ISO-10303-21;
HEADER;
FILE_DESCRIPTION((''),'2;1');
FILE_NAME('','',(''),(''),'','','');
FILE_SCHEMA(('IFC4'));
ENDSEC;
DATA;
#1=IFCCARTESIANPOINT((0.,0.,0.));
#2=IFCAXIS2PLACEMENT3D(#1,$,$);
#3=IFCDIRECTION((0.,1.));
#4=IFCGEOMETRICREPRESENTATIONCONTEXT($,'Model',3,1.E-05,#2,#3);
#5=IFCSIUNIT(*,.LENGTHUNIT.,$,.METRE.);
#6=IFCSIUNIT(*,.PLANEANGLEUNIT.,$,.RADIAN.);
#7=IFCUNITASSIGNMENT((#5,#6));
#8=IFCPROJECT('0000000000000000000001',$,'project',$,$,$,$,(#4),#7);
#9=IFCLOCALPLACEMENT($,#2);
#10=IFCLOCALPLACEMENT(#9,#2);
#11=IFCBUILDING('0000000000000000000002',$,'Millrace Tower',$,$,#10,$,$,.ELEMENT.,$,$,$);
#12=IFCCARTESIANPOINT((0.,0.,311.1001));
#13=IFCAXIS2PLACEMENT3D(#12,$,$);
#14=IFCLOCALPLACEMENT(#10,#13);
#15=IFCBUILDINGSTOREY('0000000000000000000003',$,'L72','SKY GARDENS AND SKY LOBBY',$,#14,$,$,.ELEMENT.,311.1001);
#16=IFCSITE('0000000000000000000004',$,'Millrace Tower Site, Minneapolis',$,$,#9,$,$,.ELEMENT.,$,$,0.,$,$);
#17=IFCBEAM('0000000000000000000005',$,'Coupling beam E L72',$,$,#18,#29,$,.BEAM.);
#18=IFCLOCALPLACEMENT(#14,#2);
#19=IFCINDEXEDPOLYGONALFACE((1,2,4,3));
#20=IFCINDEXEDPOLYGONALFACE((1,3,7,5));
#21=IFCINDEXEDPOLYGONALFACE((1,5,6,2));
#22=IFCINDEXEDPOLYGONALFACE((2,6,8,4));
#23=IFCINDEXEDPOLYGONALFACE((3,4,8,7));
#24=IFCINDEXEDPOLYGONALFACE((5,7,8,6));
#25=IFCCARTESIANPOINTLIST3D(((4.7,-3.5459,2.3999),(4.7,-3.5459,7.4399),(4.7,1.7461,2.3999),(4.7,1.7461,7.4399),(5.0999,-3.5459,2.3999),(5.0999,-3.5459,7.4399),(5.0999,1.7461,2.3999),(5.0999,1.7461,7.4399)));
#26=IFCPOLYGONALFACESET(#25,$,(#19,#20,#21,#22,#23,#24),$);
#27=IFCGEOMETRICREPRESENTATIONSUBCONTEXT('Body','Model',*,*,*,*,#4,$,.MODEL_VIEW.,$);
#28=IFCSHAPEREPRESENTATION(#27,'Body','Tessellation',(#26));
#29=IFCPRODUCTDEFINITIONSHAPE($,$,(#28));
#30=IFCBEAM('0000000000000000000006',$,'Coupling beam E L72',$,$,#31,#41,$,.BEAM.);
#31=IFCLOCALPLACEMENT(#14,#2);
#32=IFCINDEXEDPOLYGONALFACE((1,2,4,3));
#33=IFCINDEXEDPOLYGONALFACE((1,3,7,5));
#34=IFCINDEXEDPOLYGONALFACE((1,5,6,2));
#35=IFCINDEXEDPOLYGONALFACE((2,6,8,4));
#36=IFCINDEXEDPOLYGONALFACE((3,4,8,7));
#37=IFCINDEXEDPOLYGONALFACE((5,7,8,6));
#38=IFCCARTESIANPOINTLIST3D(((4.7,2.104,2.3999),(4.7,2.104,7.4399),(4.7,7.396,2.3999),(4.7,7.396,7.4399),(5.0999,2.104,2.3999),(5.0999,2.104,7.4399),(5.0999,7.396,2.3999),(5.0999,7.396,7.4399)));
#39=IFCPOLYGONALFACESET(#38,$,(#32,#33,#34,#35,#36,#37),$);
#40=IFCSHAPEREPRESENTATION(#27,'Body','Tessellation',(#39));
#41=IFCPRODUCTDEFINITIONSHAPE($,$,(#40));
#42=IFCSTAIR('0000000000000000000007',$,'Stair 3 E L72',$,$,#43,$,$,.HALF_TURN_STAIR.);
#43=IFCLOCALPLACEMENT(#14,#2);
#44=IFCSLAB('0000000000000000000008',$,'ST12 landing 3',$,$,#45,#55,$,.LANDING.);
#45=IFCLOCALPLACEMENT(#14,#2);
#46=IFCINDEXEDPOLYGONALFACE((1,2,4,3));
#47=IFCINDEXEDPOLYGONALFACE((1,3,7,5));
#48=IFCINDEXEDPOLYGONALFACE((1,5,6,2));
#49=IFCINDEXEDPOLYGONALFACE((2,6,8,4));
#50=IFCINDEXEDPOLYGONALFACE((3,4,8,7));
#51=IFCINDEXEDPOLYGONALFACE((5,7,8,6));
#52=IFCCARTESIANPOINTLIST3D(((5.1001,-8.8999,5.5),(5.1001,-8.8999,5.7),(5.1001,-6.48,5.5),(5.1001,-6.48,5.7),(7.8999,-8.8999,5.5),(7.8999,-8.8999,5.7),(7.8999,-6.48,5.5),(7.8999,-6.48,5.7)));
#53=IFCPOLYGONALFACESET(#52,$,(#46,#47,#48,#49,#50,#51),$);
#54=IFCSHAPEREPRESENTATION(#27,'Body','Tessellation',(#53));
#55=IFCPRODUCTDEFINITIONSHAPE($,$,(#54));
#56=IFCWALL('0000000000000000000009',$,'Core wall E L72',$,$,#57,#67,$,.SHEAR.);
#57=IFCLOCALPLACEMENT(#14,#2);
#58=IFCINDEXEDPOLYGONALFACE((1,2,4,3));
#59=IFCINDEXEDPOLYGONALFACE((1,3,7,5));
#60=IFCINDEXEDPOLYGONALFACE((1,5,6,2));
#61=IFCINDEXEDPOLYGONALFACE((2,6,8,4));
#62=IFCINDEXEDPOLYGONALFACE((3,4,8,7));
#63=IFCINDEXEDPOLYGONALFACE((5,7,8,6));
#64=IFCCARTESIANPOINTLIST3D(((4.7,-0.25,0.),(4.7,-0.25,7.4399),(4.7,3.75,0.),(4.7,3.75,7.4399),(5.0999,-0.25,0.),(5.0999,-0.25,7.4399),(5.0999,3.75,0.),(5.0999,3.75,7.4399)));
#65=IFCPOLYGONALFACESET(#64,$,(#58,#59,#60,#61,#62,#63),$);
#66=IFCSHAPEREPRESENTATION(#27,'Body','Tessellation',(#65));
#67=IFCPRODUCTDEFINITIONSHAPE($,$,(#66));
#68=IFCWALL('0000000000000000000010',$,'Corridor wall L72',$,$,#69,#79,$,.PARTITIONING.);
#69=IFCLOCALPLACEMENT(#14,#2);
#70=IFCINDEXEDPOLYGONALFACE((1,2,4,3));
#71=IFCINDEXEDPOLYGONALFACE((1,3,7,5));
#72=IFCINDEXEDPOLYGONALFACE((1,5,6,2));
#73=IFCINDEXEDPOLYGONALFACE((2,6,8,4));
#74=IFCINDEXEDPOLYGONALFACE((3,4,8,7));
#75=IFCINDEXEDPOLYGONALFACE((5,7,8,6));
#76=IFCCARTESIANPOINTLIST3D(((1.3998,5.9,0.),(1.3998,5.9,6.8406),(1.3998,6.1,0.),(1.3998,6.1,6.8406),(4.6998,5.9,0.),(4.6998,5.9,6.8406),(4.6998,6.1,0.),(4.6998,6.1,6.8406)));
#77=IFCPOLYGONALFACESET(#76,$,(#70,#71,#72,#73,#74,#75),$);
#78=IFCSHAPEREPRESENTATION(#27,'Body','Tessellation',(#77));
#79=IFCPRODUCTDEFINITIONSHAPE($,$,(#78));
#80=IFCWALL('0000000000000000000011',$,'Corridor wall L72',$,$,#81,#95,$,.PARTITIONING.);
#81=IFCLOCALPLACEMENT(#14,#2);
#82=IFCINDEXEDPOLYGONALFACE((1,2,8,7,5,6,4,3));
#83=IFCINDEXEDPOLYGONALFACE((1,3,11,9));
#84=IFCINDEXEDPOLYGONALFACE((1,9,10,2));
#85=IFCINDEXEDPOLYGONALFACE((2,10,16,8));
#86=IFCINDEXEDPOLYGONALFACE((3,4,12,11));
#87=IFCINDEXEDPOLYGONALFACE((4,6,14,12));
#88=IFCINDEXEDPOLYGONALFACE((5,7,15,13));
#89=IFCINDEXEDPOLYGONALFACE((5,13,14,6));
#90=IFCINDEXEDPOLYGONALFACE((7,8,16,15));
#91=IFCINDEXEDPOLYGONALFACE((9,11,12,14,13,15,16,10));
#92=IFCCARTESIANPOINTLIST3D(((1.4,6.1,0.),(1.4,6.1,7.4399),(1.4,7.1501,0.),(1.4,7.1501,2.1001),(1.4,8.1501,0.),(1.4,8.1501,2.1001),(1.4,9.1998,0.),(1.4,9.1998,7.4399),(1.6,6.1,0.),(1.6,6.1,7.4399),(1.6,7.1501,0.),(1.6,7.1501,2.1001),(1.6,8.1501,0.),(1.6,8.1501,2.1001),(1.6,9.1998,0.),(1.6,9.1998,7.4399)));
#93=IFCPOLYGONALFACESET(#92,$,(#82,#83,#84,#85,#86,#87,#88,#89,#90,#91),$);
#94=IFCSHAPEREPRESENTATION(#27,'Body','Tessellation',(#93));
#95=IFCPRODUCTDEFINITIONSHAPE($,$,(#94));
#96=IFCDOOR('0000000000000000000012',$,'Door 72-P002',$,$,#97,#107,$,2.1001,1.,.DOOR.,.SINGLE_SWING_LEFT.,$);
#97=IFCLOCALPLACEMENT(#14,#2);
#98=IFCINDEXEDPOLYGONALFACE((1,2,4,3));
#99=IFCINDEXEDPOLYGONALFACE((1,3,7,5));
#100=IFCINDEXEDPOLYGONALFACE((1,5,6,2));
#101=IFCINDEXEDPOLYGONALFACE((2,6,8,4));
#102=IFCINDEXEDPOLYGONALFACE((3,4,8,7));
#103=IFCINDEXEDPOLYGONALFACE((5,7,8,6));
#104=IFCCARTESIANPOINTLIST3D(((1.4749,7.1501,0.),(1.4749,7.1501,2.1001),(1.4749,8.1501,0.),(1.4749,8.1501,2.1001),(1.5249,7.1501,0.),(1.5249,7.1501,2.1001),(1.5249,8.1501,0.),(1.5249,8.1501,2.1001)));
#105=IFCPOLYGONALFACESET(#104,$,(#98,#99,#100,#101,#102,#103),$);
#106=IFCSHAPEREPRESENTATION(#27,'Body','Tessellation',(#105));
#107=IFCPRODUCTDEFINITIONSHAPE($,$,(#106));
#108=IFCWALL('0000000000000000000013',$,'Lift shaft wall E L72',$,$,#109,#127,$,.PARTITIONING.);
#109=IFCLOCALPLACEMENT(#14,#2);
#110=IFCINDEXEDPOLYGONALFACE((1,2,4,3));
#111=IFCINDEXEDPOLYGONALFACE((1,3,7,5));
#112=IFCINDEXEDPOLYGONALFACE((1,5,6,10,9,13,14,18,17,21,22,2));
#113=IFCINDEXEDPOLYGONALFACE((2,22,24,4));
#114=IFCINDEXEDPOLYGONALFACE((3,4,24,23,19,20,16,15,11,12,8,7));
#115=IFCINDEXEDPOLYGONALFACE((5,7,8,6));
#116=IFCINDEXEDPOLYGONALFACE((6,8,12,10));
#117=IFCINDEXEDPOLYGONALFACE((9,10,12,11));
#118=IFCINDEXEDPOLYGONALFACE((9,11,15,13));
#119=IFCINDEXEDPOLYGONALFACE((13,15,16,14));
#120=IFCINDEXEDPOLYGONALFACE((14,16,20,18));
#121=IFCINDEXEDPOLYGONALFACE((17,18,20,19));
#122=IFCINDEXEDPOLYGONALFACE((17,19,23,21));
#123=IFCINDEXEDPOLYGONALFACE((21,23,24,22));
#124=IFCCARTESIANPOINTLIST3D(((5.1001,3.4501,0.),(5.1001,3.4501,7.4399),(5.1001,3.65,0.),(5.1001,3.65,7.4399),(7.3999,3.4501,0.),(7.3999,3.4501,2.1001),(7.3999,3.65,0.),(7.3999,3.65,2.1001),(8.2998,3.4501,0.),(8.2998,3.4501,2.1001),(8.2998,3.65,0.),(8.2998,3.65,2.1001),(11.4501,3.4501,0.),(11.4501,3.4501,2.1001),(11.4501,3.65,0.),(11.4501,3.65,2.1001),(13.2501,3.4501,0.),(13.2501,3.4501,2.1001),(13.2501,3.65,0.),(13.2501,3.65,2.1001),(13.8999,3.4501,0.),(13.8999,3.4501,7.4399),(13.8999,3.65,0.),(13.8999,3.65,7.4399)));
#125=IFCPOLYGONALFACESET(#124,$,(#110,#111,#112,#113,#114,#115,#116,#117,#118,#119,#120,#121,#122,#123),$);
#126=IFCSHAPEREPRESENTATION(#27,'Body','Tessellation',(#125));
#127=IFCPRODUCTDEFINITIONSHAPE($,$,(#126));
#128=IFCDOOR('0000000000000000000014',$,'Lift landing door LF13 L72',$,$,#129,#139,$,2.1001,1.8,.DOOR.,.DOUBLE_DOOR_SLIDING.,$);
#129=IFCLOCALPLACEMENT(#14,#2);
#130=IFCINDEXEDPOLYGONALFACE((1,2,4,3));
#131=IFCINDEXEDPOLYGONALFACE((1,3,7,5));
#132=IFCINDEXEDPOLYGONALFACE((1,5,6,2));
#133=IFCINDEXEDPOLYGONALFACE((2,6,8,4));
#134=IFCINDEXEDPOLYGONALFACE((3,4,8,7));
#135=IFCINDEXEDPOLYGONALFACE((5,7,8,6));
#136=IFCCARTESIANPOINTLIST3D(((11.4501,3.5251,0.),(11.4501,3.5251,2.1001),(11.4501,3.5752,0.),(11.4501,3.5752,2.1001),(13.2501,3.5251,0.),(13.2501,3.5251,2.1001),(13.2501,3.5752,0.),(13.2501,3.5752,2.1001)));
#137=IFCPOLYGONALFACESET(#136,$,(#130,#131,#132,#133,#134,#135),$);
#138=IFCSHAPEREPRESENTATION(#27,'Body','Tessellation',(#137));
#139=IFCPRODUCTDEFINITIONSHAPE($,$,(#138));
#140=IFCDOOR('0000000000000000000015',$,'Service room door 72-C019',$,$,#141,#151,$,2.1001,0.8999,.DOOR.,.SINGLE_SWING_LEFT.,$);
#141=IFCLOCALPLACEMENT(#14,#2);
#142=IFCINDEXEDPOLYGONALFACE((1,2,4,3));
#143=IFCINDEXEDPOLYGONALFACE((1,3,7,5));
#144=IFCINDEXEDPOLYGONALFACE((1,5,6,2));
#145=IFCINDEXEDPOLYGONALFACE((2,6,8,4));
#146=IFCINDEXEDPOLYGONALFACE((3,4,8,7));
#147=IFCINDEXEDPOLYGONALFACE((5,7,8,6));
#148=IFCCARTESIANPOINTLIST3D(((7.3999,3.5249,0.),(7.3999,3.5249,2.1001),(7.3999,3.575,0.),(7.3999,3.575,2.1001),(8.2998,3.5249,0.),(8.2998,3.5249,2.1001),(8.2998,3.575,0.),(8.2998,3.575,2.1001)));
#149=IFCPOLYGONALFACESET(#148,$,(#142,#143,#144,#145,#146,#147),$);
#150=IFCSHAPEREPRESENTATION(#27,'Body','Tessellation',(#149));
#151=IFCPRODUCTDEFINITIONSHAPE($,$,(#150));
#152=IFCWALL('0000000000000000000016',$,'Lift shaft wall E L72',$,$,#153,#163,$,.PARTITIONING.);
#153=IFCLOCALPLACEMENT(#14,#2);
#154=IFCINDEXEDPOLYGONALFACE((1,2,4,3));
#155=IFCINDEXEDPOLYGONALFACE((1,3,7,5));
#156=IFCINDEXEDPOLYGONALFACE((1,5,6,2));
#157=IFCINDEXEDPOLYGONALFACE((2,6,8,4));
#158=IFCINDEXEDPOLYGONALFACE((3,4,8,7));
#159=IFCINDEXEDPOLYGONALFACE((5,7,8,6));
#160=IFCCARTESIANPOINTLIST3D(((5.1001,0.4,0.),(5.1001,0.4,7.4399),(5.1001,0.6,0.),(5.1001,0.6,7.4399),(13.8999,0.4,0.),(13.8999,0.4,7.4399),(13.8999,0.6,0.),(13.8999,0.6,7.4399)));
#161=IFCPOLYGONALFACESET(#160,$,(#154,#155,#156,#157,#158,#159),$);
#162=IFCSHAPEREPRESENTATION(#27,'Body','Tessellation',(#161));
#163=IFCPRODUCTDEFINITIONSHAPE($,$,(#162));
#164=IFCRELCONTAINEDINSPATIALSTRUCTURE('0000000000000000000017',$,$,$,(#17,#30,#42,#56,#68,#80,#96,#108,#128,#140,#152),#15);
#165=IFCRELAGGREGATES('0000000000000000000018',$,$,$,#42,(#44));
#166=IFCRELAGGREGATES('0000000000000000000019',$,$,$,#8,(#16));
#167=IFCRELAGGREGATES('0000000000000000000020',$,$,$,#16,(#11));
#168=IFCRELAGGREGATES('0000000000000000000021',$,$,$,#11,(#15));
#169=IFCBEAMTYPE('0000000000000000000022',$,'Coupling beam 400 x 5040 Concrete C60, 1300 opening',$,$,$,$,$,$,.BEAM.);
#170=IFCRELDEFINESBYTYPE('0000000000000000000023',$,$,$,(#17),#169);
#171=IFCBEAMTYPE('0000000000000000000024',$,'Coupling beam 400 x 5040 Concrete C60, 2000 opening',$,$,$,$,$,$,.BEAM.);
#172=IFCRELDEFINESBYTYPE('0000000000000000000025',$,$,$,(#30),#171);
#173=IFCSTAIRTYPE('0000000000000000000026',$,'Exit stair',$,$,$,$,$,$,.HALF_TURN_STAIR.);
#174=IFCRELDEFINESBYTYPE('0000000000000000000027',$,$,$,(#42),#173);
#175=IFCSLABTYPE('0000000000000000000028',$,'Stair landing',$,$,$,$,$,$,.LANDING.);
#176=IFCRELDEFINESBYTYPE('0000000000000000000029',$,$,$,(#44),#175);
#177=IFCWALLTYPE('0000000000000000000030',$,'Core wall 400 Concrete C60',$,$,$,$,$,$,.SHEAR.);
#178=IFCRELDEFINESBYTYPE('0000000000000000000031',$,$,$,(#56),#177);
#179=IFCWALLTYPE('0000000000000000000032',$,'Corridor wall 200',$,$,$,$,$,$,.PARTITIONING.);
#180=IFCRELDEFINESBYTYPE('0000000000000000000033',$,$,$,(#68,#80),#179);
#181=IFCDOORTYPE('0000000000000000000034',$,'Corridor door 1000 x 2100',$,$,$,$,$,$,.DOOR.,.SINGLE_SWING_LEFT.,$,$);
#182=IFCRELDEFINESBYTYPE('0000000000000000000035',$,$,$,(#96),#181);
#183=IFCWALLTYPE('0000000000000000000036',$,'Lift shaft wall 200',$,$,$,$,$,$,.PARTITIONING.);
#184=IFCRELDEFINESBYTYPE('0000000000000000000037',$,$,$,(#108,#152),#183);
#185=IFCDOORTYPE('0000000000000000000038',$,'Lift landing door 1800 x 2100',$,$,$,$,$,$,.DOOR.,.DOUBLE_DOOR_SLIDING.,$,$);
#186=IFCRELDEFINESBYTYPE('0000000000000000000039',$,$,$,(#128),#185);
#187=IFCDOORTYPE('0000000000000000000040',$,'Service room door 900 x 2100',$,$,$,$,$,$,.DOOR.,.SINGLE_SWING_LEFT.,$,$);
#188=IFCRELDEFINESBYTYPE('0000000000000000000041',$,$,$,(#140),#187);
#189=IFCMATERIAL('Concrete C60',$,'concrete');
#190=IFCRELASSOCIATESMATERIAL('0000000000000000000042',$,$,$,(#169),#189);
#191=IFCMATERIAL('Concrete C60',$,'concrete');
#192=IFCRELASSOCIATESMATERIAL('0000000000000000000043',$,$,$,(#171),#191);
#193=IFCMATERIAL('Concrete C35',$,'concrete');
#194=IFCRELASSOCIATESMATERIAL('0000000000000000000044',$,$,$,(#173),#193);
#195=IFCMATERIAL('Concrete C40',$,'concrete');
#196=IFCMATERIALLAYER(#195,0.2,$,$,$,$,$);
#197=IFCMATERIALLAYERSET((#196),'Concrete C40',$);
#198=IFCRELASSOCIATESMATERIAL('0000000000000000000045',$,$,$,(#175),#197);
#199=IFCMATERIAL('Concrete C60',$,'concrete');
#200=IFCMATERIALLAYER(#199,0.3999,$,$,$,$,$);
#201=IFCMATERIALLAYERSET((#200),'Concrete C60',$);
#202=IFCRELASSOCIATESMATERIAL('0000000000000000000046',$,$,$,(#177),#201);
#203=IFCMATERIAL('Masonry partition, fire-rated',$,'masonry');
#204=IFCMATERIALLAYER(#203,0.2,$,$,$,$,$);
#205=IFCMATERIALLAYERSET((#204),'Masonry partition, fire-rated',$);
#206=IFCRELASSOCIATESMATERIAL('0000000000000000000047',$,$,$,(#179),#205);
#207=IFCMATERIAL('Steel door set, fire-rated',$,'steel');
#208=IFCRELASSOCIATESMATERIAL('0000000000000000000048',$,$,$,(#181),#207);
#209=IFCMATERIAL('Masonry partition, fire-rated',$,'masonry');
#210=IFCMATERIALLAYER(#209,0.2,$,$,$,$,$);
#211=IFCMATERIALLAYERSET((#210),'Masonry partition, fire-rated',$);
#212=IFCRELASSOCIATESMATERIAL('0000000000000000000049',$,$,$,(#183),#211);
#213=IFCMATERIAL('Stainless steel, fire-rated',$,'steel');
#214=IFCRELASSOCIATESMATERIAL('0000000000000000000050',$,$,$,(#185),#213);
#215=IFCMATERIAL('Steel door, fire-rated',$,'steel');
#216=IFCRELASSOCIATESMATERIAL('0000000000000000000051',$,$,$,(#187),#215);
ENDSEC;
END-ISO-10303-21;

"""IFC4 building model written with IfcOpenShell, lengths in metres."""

from ifc_helpers import new_model, si_unit, direction, frame, frame_2d, origin, origin_2d, place, context, subcontext, project, spatial, polyline, rectangle, outline, extrude, material, layer, layer_set, material_profile, profile_set, type_object, element, fill, aggregate, save


model = new_model("IFC4")

# Units and contexts
model_context = context("Model", 3, precision=1e-05, world=origin(), true_north=direction((0.0, 1.0)))
body_context = subcontext(model_context, "Body", "Model", "MODEL_VIEW")
ifc_project = project(units=[si_unit("LENGTHUNIT", "METRE"), si_unit("PLANEANGLEUNIT", "RADIAN")], contexts=[model_context])

# Site, building, storey
site_placement = place(None, origin())
site = spatial("IfcSite", under=ifc_project, at=site_placement, Name="Millrace Tower Site, Minneapolis", CompositionType="ELEMENT", RefElevation=0.0)
building_placement = place(site_placement, origin())
building = spatial("IfcBuilding", under=site, at=building_placement, Name="Millrace Tower", CompositionType="ELEMENT")
storey_placement = place(building_placement, frame((0.0, 0.0, 311.1001)))
storey = spatial("IfcBuildingStorey", under=building, at=storey_placement, Name="L72", Description="SKY GARDENS AND SKY LOBBY", CompositionType="ELEMENT", Elevation=311.1001)

# Beams
ifc_material_1 = material(Name="Concrete C60", Category="concrete")
ifc_material_profile_1 = material_profile(ifc_material_1, rectangle(XDim=0.3999, YDim=5.04, at=origin_2d()))
ifc_profile_set_1 = profile_set([ifc_material_profile_1], Name="Concrete C60")
beam_type_1 = type_object("IfcBeamType", Name="Coupling beam 400 x 5040 Concrete C60, 1300 opening", PredefinedType="BEAM", material=ifc_profile_set_1)
beam_1_placement = place(storey_placement, frame((4.8999, 1.7461, 4.9199), z_axis=(0.0, -1.0, 0.0), x_axis=(1.0, 0.0, 0.0)))
element("IfcBeam", 1, at=beam_1_placement, inside=storey, type_object=beam_type_1, Name="Coupling beam E L72", PredefinedType="BEAM", context=body_context, shape_type="SweptSolid", body=[
    extrude(rectangle(XDim=0.3999, YDim=5.04, at=origin_2d()), origin(), (0.0, 0.0, 1.0), 5.292),
])
ifc_material_2 = material(Name="Concrete C60", Category="concrete")
ifc_material_profile_2 = material_profile(ifc_material_2, rectangle(XDim=0.3999, YDim=5.04, at=origin_2d()))
ifc_profile_set_2 = profile_set([ifc_material_profile_2], Name="Concrete C60")
beam_type_2 = type_object("IfcBeamType", Name="Coupling beam 400 x 5040 Concrete C60, 2000 opening", PredefinedType="BEAM", material=ifc_profile_set_2)
beam_2_placement = place(storey_placement, frame((4.8999, 7.396, 4.9199), z_axis=(0.0, -1.0, 0.0), x_axis=(1.0, 0.0, 0.0)))
element("IfcBeam", 2, at=beam_2_placement, inside=storey, type_object=beam_type_2, Name="Coupling beam E L72", PredefinedType="BEAM", context=body_context, shape_type="SweptSolid", body=[
    extrude(rectangle(XDim=0.3999, YDim=5.04, at=origin_2d()), origin(), (0.0, 0.0, 1.0), 5.292),
])

# Stair, slab
ifc_material_3 = material(Name="Concrete C35", Category="concrete")
stair_type = type_object("IfcStairType", Name="Exit stair", PredefinedType="HALF_TURN_STAIR", material=ifc_material_3)
stair_placement = place(storey_placement, origin())
stair = element("IfcStair", 3, at=stair_placement, inside=storey, type_object=stair_type, Name="Stair 3 E L72", PredefinedType="HALF_TURN_STAIR")
ifc_material_4 = material(Name="Concrete C40", Category="concrete")
ifc_layer_1 = layer(ifc_material_4, 0.2)
ifc_layer_set_1 = layer_set([ifc_layer_1], Name="Concrete C40")
slab_type = type_object("IfcSlabType", Name="Stair landing", PredefinedType="LANDING", material=ifc_layer_set_1)
slab_placement = place(storey_placement, frame((0.0, 0.0, 5.5)))
slab = element("IfcSlab", 4, at=slab_placement, type_object=slab_type, Name="ST12 landing 3", PredefinedType="LANDING", context=body_context, shape_type="SweptSolid", body=[
    extrude(outline(polyline([(5.1001, -8.8999), (7.8999, -8.8999), (7.8999, -6.48), (5.1001, -6.48), (5.1001, -8.8999)])), origin(), (0.0, 0.0, 1.0), 0.2),
])
aggregate(stair, [slab])

# Walls
ifc_material_5 = material(Name="Concrete C60", Category="concrete")
ifc_layer_2 = layer(ifc_material_5, 0.3999)
ifc_layer_set_2 = layer_set([ifc_layer_2], Name="Concrete C60")
wall_type_1 = type_object("IfcWallType", Name="Core wall 400 Concrete C60", PredefinedType="SHEAR", material=ifc_layer_set_2)
wall_1_placement = place(storey_placement, frame((4.8999, 3.75, 0.0), z_axis=(0.0, 0.0, 1.0), x_axis=(0.0, -1.0, 0.0)))
element("IfcWall", 5, at=wall_1_placement, inside=storey, type_object=wall_type_1, Name="Core wall E L72", PredefinedType="SHEAR", context=body_context, shape_type="SweptSolid", body=[
    extrude(rectangle(XDim=4.0, YDim=0.3999, at=frame_2d((2.0, 0.0))), origin(), (0.0, 0.0, 1.0), 7.4399),
])
ifc_material_6 = material(Name="Masonry partition, fire-rated", Category="masonry")
ifc_layer_3 = layer(ifc_material_6, 0.2)
ifc_layer_set_3 = layer_set([ifc_layer_3], Name="Masonry partition, fire-rated")
wall_type_2 = type_object("IfcWallType", Name="Corridor wall 200", PredefinedType="PARTITIONING", material=ifc_layer_set_3)
wall_2_placement = place(storey_placement, frame((1.3999, 6.0, 0.0), z_axis=(0.0, 0.0, 1.0), x_axis=(1.0, 0.0, 0.0)))
element("IfcWall", 6, at=wall_2_placement, inside=storey, type_object=wall_type_2, Name="Corridor wall L72", PredefinedType="PARTITIONING", context=body_context, shape_type="SweptSolid", body=[
    extrude(rectangle(XDim=3.3, YDim=0.2, at=frame_2d((1.6499, 0.0))), origin(), (0.0, 0.0, 1.0), 6.8406),
])

# Wall, opening, door
wall_3_placement = place(storey_placement, frame((1.5, 6.1001, 0.0), z_axis=(0.0, 0.0, 1.0), x_axis=(0.0, 1.0, 0.0)))
wall_3 = element("IfcWall", 7, at=wall_3_placement, inside=storey, type_object=wall_type_2, Name="Corridor wall L72", PredefinedType="PARTITIONING", context=body_context, shape_type="SweptSolid", body=[
    extrude(rectangle(XDim=3.0999, YDim=0.2, at=frame_2d((1.5498, 0.0))), origin(), (0.0, 0.0, 1.0), 7.4399),
])
opening_1_placement = place(wall_3_placement, frame((1.05, 0.0, 0.0)))
opening_1 = element("IfcOpeningElement", 8, at=opening_1_placement, cuts=wall_3, PredefinedType="OPENING", context=body_context, shape_type="SweptSolid", body=[
    extrude(rectangle(XDim=1.0, YDim=2.1001, at=frame_2d((0.5, 1.05))), frame((0.0, 0.1099, 0.0), z_axis=(0.0, -1.0, 0.0), x_axis=(1.0, 0.0, 0.0)), (0.0, 0.0, 1.0), 0.22),
])
ifc_material_7 = material(Name="Steel door set, fire-rated", Category="steel")
door_type_1 = type_object("IfcDoorType", Name="Corridor door 1000 x 2100", OperationType="SINGLE_SWING_LEFT", PredefinedType="DOOR", material=ifc_material_7)
door_1_placement = place(opening_1_placement, frame((1.0, 0.0, 0.0), z_axis=(0.0, 0.0, 1.0), x_axis=(-1.0, 0.0, 0.0)))
door_1 = element("IfcDoor", 9, at=door_1_placement, inside=storey, type_object=door_type_1, Name="Door 72-P002", OperationType="SINGLE_SWING_LEFT", OverallHeight=2.1001, OverallWidth=1.0, PredefinedType="DOOR", context=body_context, shape_type="SweptSolid", body=[
    extrude(rectangle(XDim=1.0, YDim=2.1001, at=frame_2d((0.5, 1.05))), frame((0.0, 0.0249, 0.0), z_axis=(0.0, -1.0, 0.0), x_axis=(1.0, 0.0, 0.0)), (0.0, 0.0, 1.0), 0.05),
])
fill(opening_1, door_1)

# Wall, openings, doors
ifc_material_8 = material(Name="Masonry partition, fire-rated", Category="masonry")
ifc_layer_4 = layer(ifc_material_8, 0.2)
ifc_layer_set_4 = layer_set([ifc_layer_4], Name="Masonry partition, fire-rated")
wall_type_3 = type_object("IfcWallType", Name="Lift shaft wall 200", PredefinedType="PARTITIONING", material=ifc_layer_set_4)
wall_4_placement = place(storey_placement, frame((13.8999, 3.55, 0.0), z_axis=(0.0, 0.0, 1.0), x_axis=(-1.0, 0.0, 0.0)))
wall_4 = element("IfcWall", 10, at=wall_4_placement, inside=storey, type_object=wall_type_3, Name="Lift shaft wall E L72", PredefinedType="PARTITIONING", context=body_context, shape_type="SweptSolid", body=[
    extrude(rectangle(XDim=8.7998, YDim=0.2, at=frame_2d((4.3999, 0.0))), origin(), (0.0, 0.0, 1.0), 7.4399),
])
opening_2_placement = place(wall_4_placement, frame((0.6499, 0.0, 0.0)))
opening_2 = element("IfcOpeningElement", 11, at=opening_2_placement, cuts=wall_4, PredefinedType="OPENING", context=body_context, shape_type="SweptSolid", body=[
    extrude(rectangle(XDim=1.8, YDim=2.1001, at=frame_2d((0.8999, 1.05))), frame((0.0, 0.1099, 0.0), z_axis=(0.0, -1.0, 0.0), x_axis=(1.0, 0.0, 0.0)), (0.0, 0.0, 1.0), 0.22),
])
opening_3_placement = place(wall_4_placement, frame((5.6001, 0.0, 0.0)))
opening_3 = element("IfcOpeningElement", 12, at=opening_3_placement, cuts=wall_4, PredefinedType="OPENING", context=body_context, shape_type="SweptSolid", body=[
    extrude(rectangle(XDim=0.8999, YDim=2.1001, at=frame_2d((0.45, 1.05))), frame((0.0, 0.1099, 0.0), z_axis=(0.0, -1.0, 0.0), x_axis=(1.0, 0.0, 0.0)), (0.0, 0.0, 1.0), 0.22),
])
ifc_material_9 = material(Name="Stainless steel, fire-rated", Category="steel")
door_type_2 = type_object("IfcDoorType", Name="Lift landing door 1800 x 2100", OperationType="DOUBLE_DOOR_SLIDING", PredefinedType="DOOR", material=ifc_material_9)
door_2_placement = place(opening_2_placement, origin())
door_2 = element("IfcDoor", 13, at=door_2_placement, inside=storey, type_object=door_type_2, Name="Lift landing door LF13 L72", OperationType="DOUBLE_DOOR_SLIDING", OverallHeight=2.1001, OverallWidth=1.8, PredefinedType="DOOR", context=body_context, shape_type="SweptSolid", body=[
    extrude(rectangle(XDim=1.8, YDim=2.1001, at=frame_2d((0.8999, 1.05))), frame((0.0, 0.0249, 0.0), z_axis=(0.0, -1.0, 0.0), x_axis=(1.0, 0.0, 0.0)), (0.0, 0.0, 1.0), 0.05),
])
fill(opening_2, door_2)
ifc_material_10 = material(Name="Steel door, fire-rated", Category="steel")
door_type_3 = type_object("IfcDoorType", Name="Service room door 900 x 2100", OperationType="SINGLE_SWING_LEFT", PredefinedType="DOOR", material=ifc_material_10)
door_3_placement = place(opening_3_placement, frame((0.8999, 0.0, 0.0), z_axis=(0.0, 0.0, 1.0), x_axis=(-1.0, 0.0, 0.0)))
door_3 = element("IfcDoor", 14, at=door_3_placement, inside=storey, type_object=door_type_3, Name="Service room door 72-C019", OperationType="SINGLE_SWING_LEFT", OverallHeight=2.1001, OverallWidth=0.8999, PredefinedType="DOOR", context=body_context, shape_type="SweptSolid", body=[
    extrude(rectangle(XDim=0.8999, YDim=2.1001, at=frame_2d((0.45, 1.05))), frame((0.0, 0.0249, 0.0), z_axis=(0.0, -1.0, 0.0), x_axis=(1.0, 0.0, 0.0)), (0.0, 0.0, 1.0), 0.05),
])
fill(opening_3, door_3)

# Wall
wall_5_placement = place(storey_placement, frame((13.8999, 0.5, 0.0), z_axis=(0.0, 0.0, 1.0), x_axis=(-1.0, 0.0, 0.0)))
element("IfcWall", 15, at=wall_5_placement, inside=storey, type_object=wall_type_3, Name="Lift shaft wall E L72", PredefinedType="PARTITIONING", context=body_context, shape_type="SweptSolid", body=[
    extrude(rectangle(XDim=8.7998, YDim=0.2, at=frame_2d((4.3999, 0.0))), origin(), (0.0, 0.0, 1.0), 7.4399),
])

save(model, "model.ifc")
